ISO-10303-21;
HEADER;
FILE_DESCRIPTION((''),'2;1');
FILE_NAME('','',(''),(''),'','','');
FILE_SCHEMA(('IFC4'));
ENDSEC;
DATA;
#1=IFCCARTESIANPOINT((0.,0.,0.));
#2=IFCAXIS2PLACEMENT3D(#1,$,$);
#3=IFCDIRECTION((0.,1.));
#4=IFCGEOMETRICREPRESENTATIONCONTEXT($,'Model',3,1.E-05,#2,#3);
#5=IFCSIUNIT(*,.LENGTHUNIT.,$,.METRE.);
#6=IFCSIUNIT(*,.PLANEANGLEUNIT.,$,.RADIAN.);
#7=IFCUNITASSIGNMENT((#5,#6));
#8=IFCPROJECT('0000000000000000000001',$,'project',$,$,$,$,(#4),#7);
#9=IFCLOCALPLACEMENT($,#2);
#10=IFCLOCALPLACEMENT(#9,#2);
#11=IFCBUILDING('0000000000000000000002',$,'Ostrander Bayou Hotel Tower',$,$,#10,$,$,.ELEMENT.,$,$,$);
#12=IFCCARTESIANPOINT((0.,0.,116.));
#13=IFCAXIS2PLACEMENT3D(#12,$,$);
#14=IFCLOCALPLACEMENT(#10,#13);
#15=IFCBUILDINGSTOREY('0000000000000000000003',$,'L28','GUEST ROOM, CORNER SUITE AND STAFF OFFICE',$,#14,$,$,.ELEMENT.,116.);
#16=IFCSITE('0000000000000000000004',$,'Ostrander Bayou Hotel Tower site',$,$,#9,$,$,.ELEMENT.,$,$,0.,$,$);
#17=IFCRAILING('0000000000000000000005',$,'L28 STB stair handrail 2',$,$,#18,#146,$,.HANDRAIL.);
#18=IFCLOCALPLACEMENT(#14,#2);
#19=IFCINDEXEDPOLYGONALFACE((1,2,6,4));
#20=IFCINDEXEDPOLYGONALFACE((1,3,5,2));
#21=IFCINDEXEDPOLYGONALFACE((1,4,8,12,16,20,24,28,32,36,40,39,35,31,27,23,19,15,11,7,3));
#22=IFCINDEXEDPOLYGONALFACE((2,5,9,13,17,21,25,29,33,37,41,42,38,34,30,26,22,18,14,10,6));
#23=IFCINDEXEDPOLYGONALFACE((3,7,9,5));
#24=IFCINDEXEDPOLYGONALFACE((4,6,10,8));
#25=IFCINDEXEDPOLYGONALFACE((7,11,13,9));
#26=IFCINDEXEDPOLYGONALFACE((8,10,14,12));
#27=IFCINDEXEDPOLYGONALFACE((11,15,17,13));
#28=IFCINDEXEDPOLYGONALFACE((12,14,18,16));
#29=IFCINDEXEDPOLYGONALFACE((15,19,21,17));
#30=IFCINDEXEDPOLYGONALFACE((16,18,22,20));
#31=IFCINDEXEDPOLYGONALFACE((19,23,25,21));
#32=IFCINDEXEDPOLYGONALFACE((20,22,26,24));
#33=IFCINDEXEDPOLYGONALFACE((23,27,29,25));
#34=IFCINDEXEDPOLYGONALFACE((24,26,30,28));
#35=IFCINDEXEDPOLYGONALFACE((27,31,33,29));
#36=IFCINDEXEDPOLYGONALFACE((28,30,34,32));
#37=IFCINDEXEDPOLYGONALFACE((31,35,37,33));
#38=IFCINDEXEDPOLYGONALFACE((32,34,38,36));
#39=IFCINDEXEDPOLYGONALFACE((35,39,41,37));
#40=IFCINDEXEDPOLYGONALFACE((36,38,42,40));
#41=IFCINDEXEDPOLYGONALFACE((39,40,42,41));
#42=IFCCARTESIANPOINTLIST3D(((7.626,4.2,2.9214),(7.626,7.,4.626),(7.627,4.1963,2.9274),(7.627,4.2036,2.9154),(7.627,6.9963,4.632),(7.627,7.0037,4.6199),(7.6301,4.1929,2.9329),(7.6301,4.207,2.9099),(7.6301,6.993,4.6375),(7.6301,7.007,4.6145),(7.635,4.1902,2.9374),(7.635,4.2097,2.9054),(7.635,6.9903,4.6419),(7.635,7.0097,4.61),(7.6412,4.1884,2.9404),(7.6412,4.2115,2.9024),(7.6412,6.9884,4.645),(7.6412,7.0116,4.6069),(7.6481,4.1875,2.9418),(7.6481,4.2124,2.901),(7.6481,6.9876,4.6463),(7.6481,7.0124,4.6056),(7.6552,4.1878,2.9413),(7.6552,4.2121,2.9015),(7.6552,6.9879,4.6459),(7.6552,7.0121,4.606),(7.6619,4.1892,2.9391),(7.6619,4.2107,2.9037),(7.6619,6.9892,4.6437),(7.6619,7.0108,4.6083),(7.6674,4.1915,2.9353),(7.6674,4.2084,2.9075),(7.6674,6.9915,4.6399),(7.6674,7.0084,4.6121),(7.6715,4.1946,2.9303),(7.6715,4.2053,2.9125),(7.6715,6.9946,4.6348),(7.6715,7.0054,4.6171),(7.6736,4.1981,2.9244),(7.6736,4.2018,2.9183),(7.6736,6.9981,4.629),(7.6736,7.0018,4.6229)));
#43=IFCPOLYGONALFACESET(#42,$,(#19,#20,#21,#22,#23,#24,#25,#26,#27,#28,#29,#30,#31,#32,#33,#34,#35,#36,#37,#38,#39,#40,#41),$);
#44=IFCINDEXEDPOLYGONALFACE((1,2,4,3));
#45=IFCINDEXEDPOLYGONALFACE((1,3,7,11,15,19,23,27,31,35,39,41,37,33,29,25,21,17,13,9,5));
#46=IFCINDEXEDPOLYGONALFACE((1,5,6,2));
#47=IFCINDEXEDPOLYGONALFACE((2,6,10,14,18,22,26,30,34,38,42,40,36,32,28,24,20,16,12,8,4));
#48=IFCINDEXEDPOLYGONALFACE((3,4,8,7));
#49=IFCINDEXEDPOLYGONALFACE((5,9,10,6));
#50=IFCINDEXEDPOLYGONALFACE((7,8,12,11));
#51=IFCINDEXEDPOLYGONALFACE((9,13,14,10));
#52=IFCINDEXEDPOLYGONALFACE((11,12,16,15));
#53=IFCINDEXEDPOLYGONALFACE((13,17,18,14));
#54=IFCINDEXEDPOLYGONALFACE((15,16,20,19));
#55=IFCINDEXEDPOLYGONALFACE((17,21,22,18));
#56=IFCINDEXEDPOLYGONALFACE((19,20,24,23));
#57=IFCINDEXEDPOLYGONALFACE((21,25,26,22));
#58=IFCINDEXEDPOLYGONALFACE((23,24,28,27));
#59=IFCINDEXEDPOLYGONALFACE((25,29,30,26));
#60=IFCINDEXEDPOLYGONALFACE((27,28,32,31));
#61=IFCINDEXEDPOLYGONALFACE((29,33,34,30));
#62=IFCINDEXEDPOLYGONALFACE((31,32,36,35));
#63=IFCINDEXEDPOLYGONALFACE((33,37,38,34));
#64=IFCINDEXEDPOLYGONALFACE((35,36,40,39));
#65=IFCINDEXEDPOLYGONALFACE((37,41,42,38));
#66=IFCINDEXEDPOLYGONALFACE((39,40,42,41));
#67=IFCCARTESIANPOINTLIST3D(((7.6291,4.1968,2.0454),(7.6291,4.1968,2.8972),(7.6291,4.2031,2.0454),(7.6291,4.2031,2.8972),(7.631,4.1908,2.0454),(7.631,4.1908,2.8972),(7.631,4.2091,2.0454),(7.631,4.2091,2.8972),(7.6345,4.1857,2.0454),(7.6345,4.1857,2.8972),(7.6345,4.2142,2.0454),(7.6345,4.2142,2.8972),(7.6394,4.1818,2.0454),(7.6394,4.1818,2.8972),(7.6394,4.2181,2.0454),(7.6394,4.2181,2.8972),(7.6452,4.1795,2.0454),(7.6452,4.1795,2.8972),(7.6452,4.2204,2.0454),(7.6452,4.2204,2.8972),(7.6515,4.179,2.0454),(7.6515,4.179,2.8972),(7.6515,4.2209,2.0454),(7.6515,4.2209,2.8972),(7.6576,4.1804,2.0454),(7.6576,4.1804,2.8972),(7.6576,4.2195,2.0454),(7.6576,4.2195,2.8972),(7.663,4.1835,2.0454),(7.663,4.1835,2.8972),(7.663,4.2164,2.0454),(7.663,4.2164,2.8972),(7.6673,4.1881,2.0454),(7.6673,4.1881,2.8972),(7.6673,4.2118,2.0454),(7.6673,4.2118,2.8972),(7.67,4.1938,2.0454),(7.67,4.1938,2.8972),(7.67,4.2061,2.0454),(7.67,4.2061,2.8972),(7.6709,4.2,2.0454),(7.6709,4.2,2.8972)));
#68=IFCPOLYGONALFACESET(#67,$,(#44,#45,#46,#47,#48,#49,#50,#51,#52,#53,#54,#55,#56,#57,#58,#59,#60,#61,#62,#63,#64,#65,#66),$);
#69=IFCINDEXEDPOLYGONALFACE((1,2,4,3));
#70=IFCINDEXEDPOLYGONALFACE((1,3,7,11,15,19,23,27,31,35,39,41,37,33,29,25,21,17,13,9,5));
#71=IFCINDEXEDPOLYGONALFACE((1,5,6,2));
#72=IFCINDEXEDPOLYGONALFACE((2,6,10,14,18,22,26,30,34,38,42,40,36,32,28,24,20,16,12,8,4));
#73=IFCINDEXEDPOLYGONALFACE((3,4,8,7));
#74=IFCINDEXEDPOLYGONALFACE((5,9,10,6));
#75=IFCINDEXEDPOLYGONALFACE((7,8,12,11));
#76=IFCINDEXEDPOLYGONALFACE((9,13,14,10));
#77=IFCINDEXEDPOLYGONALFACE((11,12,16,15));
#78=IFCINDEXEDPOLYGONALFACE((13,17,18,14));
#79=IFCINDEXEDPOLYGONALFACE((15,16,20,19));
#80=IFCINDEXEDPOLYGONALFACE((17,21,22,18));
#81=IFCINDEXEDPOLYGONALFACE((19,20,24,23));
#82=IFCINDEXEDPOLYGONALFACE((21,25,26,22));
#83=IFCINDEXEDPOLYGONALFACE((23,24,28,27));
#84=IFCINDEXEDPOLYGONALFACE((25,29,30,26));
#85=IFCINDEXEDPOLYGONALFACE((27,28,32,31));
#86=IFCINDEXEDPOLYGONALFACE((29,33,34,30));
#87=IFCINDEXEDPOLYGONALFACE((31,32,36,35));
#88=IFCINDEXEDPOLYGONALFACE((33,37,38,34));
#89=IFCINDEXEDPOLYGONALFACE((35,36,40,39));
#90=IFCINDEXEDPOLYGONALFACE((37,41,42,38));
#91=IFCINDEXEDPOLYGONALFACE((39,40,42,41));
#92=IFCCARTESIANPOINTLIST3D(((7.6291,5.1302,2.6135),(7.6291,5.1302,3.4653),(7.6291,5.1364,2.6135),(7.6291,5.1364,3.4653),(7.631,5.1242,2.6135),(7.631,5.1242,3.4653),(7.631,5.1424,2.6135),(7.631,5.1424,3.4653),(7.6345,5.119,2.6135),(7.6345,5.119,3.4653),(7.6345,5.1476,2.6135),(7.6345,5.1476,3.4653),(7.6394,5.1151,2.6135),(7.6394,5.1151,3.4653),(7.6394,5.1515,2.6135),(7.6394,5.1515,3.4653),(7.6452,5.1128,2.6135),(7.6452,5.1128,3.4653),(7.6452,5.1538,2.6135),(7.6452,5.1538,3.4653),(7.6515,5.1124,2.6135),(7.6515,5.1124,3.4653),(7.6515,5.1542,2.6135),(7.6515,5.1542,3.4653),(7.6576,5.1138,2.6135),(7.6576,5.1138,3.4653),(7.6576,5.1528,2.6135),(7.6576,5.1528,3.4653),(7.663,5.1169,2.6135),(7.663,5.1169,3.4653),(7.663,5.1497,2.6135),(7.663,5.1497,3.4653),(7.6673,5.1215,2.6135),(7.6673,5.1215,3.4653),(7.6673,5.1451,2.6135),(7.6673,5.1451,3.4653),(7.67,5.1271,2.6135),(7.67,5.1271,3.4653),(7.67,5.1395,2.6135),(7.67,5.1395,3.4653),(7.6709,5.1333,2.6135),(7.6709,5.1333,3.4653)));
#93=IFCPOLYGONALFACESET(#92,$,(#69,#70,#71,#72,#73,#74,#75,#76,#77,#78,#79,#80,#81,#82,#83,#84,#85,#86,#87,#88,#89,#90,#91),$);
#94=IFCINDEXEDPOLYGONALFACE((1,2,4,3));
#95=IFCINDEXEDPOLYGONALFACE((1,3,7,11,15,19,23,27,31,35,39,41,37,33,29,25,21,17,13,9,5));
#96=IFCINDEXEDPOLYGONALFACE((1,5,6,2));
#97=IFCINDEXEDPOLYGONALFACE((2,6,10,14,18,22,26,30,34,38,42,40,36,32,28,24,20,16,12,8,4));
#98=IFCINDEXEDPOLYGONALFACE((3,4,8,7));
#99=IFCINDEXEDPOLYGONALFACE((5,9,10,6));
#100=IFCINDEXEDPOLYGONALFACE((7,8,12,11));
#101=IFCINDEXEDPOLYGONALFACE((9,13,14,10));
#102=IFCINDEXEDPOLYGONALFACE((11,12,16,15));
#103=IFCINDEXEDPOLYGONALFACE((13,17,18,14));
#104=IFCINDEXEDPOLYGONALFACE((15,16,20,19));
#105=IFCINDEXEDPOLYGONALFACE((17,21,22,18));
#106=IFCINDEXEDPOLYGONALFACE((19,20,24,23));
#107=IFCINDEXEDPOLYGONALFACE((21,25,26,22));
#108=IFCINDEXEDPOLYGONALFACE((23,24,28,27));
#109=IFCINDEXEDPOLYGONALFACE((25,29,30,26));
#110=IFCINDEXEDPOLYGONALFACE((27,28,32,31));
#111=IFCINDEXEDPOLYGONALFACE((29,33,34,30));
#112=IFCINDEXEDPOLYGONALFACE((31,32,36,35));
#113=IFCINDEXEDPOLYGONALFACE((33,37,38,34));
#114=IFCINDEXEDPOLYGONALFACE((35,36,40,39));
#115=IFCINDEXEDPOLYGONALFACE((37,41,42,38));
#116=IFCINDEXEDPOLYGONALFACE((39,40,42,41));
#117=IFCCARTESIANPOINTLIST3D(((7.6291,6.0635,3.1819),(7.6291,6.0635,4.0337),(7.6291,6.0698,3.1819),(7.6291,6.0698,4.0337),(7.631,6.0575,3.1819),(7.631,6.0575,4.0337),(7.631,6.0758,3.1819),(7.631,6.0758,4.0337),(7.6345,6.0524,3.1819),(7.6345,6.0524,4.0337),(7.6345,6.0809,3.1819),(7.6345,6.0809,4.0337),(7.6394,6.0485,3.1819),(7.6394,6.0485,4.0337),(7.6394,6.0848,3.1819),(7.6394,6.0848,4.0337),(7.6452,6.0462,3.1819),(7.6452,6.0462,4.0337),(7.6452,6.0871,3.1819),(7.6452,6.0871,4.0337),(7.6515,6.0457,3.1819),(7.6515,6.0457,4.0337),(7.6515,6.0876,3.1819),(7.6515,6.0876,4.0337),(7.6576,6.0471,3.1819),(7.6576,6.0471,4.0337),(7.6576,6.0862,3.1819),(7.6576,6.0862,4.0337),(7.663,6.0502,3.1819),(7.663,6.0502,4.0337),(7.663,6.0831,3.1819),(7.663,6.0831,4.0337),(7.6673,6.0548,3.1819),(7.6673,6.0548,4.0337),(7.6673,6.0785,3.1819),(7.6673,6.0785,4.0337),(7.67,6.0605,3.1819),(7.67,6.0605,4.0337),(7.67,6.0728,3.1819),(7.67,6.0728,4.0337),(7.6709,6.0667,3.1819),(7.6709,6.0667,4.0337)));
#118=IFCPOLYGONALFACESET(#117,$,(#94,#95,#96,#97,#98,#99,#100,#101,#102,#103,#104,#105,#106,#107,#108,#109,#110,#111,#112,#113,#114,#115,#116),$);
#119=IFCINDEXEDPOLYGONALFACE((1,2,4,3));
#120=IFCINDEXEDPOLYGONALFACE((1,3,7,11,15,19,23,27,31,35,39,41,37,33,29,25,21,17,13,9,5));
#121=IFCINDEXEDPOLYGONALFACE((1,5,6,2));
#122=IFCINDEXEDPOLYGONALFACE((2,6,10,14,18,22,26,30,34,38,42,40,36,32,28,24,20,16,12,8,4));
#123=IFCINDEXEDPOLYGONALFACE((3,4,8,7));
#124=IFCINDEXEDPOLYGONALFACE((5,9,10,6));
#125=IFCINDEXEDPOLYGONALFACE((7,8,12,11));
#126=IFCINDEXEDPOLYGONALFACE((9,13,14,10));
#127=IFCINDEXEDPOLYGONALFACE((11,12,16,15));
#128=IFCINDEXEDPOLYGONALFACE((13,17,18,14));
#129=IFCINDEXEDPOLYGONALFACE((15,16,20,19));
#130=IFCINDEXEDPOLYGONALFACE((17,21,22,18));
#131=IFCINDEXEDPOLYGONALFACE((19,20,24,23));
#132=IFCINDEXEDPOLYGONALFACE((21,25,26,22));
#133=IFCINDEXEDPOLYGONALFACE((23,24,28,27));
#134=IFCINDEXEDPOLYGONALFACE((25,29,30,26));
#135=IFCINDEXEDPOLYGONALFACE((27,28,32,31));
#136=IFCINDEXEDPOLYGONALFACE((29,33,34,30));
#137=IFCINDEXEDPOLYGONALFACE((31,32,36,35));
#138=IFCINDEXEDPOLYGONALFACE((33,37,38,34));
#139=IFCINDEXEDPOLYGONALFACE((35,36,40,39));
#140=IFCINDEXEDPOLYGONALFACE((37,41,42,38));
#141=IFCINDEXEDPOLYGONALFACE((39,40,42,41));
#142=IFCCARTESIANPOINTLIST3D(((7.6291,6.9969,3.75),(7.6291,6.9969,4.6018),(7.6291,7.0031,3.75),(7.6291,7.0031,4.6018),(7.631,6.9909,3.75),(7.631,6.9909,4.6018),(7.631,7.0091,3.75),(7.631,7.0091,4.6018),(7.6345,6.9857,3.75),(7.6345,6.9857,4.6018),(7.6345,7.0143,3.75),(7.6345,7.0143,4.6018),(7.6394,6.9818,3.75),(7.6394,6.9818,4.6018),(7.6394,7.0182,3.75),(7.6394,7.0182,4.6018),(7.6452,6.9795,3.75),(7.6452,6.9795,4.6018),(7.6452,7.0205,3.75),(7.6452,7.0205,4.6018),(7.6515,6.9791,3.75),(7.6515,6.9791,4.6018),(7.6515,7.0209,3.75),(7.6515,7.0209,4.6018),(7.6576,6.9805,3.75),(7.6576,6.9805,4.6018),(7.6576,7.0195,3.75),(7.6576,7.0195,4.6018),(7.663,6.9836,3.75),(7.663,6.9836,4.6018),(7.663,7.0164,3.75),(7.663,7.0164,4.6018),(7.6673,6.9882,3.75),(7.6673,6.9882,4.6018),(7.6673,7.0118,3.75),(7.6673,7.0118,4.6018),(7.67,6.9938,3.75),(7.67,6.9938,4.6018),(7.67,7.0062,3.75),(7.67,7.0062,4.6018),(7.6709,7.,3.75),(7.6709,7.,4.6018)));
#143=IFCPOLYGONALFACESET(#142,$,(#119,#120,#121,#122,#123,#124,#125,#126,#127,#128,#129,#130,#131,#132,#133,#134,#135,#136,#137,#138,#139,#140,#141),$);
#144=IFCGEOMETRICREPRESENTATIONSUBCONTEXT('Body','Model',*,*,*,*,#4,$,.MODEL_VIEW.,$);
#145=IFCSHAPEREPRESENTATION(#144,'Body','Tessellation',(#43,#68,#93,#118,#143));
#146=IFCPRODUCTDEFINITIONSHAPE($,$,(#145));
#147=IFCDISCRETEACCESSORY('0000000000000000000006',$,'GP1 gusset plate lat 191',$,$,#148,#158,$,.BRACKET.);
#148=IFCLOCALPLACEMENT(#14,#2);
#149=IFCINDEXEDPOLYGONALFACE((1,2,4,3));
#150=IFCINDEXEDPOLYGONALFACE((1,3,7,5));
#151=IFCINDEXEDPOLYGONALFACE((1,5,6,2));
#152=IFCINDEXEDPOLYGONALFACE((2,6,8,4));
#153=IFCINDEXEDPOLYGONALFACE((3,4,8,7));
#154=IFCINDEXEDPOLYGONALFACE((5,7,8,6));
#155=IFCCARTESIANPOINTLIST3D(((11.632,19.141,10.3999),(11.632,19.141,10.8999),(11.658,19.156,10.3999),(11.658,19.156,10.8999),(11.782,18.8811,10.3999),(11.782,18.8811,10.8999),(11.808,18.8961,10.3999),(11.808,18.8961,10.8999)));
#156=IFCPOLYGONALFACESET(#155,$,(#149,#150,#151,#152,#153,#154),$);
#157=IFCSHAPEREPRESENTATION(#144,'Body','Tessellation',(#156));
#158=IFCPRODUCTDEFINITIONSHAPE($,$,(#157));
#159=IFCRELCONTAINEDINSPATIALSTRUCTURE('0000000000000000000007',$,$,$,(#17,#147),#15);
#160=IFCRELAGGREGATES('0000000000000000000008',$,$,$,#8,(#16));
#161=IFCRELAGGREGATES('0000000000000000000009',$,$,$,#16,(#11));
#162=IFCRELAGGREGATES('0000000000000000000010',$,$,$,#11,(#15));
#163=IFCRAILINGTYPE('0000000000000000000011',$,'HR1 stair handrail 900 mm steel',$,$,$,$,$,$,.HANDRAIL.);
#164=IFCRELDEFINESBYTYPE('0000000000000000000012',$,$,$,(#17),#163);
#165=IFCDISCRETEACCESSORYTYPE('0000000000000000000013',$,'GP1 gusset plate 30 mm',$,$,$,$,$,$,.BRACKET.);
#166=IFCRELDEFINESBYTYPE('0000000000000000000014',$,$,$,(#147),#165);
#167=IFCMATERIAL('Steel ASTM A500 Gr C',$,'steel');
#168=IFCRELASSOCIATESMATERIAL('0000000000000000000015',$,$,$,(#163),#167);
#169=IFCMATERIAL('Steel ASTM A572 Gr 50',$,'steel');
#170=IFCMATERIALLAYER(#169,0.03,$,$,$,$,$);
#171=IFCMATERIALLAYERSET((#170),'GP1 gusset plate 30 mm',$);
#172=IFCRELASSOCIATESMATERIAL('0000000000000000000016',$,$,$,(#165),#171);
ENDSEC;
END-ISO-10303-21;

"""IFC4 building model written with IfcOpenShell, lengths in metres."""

from ifc_helpers import new_model, si_unit, direction, frame, origin, origin_2d, place, context, subcontext, project, spatial, rectangle, circle, extrude, material, layer, layer_set, type_object, element, save


model = new_model("IFC4")

# Units and contexts
model_context = context("Model", 3, precision=1e-05, world=origin(), true_north=direction((0.0, 1.0)))
body_context = subcontext(model_context, "Body", "Model", "MODEL_VIEW")
ifc_project = project(units=[si_unit("LENGTHUNIT", "METRE"), si_unit("PLANEANGLEUNIT", "RADIAN")], contexts=[model_context])

# Site, building, storey
site_placement = place(None, origin())
site = spatial("IfcSite", under=ifc_project, at=site_placement, Name="Ostrander Bayou Hotel Tower site", CompositionType="ELEMENT", RefElevation=0.0)
building_placement = place(site_placement, origin())
building = spatial("IfcBuilding", under=site, at=building_placement, Name="Ostrander Bayou Hotel Tower", CompositionType="ELEMENT")
storey_placement = place(building_placement, frame((0.0, 0.0, 116.0)))
storey = spatial("IfcBuildingStorey", under=building, at=storey_placement, Name="L28", Description="GUEST ROOM, CORNER SUITE AND STAFF OFFICE", CompositionType="ELEMENT", Elevation=116.0)

# Railing
ifc_material_1 = material(Name="Steel ASTM A500 Gr C", Category="steel")
railing_type_1 = type_object("IfcRailingType", Name="HR1 stair handrail 900 mm steel", PredefinedType="HANDRAIL", material=ifc_material_1)
railing_1_placement = place(storey_placement, frame((7.6499, 4.2, 2.0454)))
element("IfcRailing", 1, at=railing_1_placement, inside=storey, type_object=railing_type_1, Name="L28 STB stair handrail 2", PredefinedType="HANDRAIL", context=body_context, shape_type="SweptSolid", body=[
    extrude(circle(Radius=0.0239, at=origin_2d()), frame((0.0, 0.0, 0.876), z_axis=(0.0, 0.85417, 0.519994), x_axis=(-1.0, 0.0, 0.0)), (0.0, 0.0, 1.0), 3.2781),
    extrude(circle(Radius=0.021, at=origin_2d()), origin(), (0.0, 0.0, 1.0), 0.8518),
    extrude(circle(Radius=0.021, at=origin_2d()), frame((0.0, 0.9333, 0.5681)), (0.0, 0.0, 1.0), 0.8518),
    extrude(circle(Radius=0.021, at=origin_2d()), frame((0.0, 1.8667, 1.1365)), (0.0, 0.0, 1.0), 0.8518),
    extrude(circle(Radius=0.021, at=origin_2d()), frame((0.0, 2.8, 1.7046)), (0.0, 0.0, 1.0), 0.8518),
])

# Discrete accessory
ifc_material_2 = material(Name="Steel ASTM A572 Gr 50", Category="steel")
ifc_layer_1 = layer(ifc_material_2, 0.03)
ifc_layer_set_1 = layer_set([ifc_layer_1], Name="GP1 gusset plate 30 mm")
discrete_accessory_type = type_object("IfcDiscreteAccessoryType", Name="GP1 gusset plate 30 mm", PredefinedType="BRACKET", material=ifc_layer_set_1)
discrete_accessory_placement = place(storey_placement, frame((11.72, 19.0186, 10.3999), z_axis=(0.0, 0.0, 1.0), x_axis=(-0.5, 0.866025, 0.0)))
element("IfcDiscreteAccessory", 2, at=discrete_accessory_placement, inside=storey, type_object=discrete_accessory_type, Name="GP1 gusset plate lat 191", PredefinedType="BRACKET", context=body_context, shape_type="SweptSolid", body=[
    extrude(rectangle(XDim=0.3, YDim=0.03, at=origin_2d()), origin(), (0.0, 0.0, 1.0), 0.5),
])

save(model, "model.ifc")
